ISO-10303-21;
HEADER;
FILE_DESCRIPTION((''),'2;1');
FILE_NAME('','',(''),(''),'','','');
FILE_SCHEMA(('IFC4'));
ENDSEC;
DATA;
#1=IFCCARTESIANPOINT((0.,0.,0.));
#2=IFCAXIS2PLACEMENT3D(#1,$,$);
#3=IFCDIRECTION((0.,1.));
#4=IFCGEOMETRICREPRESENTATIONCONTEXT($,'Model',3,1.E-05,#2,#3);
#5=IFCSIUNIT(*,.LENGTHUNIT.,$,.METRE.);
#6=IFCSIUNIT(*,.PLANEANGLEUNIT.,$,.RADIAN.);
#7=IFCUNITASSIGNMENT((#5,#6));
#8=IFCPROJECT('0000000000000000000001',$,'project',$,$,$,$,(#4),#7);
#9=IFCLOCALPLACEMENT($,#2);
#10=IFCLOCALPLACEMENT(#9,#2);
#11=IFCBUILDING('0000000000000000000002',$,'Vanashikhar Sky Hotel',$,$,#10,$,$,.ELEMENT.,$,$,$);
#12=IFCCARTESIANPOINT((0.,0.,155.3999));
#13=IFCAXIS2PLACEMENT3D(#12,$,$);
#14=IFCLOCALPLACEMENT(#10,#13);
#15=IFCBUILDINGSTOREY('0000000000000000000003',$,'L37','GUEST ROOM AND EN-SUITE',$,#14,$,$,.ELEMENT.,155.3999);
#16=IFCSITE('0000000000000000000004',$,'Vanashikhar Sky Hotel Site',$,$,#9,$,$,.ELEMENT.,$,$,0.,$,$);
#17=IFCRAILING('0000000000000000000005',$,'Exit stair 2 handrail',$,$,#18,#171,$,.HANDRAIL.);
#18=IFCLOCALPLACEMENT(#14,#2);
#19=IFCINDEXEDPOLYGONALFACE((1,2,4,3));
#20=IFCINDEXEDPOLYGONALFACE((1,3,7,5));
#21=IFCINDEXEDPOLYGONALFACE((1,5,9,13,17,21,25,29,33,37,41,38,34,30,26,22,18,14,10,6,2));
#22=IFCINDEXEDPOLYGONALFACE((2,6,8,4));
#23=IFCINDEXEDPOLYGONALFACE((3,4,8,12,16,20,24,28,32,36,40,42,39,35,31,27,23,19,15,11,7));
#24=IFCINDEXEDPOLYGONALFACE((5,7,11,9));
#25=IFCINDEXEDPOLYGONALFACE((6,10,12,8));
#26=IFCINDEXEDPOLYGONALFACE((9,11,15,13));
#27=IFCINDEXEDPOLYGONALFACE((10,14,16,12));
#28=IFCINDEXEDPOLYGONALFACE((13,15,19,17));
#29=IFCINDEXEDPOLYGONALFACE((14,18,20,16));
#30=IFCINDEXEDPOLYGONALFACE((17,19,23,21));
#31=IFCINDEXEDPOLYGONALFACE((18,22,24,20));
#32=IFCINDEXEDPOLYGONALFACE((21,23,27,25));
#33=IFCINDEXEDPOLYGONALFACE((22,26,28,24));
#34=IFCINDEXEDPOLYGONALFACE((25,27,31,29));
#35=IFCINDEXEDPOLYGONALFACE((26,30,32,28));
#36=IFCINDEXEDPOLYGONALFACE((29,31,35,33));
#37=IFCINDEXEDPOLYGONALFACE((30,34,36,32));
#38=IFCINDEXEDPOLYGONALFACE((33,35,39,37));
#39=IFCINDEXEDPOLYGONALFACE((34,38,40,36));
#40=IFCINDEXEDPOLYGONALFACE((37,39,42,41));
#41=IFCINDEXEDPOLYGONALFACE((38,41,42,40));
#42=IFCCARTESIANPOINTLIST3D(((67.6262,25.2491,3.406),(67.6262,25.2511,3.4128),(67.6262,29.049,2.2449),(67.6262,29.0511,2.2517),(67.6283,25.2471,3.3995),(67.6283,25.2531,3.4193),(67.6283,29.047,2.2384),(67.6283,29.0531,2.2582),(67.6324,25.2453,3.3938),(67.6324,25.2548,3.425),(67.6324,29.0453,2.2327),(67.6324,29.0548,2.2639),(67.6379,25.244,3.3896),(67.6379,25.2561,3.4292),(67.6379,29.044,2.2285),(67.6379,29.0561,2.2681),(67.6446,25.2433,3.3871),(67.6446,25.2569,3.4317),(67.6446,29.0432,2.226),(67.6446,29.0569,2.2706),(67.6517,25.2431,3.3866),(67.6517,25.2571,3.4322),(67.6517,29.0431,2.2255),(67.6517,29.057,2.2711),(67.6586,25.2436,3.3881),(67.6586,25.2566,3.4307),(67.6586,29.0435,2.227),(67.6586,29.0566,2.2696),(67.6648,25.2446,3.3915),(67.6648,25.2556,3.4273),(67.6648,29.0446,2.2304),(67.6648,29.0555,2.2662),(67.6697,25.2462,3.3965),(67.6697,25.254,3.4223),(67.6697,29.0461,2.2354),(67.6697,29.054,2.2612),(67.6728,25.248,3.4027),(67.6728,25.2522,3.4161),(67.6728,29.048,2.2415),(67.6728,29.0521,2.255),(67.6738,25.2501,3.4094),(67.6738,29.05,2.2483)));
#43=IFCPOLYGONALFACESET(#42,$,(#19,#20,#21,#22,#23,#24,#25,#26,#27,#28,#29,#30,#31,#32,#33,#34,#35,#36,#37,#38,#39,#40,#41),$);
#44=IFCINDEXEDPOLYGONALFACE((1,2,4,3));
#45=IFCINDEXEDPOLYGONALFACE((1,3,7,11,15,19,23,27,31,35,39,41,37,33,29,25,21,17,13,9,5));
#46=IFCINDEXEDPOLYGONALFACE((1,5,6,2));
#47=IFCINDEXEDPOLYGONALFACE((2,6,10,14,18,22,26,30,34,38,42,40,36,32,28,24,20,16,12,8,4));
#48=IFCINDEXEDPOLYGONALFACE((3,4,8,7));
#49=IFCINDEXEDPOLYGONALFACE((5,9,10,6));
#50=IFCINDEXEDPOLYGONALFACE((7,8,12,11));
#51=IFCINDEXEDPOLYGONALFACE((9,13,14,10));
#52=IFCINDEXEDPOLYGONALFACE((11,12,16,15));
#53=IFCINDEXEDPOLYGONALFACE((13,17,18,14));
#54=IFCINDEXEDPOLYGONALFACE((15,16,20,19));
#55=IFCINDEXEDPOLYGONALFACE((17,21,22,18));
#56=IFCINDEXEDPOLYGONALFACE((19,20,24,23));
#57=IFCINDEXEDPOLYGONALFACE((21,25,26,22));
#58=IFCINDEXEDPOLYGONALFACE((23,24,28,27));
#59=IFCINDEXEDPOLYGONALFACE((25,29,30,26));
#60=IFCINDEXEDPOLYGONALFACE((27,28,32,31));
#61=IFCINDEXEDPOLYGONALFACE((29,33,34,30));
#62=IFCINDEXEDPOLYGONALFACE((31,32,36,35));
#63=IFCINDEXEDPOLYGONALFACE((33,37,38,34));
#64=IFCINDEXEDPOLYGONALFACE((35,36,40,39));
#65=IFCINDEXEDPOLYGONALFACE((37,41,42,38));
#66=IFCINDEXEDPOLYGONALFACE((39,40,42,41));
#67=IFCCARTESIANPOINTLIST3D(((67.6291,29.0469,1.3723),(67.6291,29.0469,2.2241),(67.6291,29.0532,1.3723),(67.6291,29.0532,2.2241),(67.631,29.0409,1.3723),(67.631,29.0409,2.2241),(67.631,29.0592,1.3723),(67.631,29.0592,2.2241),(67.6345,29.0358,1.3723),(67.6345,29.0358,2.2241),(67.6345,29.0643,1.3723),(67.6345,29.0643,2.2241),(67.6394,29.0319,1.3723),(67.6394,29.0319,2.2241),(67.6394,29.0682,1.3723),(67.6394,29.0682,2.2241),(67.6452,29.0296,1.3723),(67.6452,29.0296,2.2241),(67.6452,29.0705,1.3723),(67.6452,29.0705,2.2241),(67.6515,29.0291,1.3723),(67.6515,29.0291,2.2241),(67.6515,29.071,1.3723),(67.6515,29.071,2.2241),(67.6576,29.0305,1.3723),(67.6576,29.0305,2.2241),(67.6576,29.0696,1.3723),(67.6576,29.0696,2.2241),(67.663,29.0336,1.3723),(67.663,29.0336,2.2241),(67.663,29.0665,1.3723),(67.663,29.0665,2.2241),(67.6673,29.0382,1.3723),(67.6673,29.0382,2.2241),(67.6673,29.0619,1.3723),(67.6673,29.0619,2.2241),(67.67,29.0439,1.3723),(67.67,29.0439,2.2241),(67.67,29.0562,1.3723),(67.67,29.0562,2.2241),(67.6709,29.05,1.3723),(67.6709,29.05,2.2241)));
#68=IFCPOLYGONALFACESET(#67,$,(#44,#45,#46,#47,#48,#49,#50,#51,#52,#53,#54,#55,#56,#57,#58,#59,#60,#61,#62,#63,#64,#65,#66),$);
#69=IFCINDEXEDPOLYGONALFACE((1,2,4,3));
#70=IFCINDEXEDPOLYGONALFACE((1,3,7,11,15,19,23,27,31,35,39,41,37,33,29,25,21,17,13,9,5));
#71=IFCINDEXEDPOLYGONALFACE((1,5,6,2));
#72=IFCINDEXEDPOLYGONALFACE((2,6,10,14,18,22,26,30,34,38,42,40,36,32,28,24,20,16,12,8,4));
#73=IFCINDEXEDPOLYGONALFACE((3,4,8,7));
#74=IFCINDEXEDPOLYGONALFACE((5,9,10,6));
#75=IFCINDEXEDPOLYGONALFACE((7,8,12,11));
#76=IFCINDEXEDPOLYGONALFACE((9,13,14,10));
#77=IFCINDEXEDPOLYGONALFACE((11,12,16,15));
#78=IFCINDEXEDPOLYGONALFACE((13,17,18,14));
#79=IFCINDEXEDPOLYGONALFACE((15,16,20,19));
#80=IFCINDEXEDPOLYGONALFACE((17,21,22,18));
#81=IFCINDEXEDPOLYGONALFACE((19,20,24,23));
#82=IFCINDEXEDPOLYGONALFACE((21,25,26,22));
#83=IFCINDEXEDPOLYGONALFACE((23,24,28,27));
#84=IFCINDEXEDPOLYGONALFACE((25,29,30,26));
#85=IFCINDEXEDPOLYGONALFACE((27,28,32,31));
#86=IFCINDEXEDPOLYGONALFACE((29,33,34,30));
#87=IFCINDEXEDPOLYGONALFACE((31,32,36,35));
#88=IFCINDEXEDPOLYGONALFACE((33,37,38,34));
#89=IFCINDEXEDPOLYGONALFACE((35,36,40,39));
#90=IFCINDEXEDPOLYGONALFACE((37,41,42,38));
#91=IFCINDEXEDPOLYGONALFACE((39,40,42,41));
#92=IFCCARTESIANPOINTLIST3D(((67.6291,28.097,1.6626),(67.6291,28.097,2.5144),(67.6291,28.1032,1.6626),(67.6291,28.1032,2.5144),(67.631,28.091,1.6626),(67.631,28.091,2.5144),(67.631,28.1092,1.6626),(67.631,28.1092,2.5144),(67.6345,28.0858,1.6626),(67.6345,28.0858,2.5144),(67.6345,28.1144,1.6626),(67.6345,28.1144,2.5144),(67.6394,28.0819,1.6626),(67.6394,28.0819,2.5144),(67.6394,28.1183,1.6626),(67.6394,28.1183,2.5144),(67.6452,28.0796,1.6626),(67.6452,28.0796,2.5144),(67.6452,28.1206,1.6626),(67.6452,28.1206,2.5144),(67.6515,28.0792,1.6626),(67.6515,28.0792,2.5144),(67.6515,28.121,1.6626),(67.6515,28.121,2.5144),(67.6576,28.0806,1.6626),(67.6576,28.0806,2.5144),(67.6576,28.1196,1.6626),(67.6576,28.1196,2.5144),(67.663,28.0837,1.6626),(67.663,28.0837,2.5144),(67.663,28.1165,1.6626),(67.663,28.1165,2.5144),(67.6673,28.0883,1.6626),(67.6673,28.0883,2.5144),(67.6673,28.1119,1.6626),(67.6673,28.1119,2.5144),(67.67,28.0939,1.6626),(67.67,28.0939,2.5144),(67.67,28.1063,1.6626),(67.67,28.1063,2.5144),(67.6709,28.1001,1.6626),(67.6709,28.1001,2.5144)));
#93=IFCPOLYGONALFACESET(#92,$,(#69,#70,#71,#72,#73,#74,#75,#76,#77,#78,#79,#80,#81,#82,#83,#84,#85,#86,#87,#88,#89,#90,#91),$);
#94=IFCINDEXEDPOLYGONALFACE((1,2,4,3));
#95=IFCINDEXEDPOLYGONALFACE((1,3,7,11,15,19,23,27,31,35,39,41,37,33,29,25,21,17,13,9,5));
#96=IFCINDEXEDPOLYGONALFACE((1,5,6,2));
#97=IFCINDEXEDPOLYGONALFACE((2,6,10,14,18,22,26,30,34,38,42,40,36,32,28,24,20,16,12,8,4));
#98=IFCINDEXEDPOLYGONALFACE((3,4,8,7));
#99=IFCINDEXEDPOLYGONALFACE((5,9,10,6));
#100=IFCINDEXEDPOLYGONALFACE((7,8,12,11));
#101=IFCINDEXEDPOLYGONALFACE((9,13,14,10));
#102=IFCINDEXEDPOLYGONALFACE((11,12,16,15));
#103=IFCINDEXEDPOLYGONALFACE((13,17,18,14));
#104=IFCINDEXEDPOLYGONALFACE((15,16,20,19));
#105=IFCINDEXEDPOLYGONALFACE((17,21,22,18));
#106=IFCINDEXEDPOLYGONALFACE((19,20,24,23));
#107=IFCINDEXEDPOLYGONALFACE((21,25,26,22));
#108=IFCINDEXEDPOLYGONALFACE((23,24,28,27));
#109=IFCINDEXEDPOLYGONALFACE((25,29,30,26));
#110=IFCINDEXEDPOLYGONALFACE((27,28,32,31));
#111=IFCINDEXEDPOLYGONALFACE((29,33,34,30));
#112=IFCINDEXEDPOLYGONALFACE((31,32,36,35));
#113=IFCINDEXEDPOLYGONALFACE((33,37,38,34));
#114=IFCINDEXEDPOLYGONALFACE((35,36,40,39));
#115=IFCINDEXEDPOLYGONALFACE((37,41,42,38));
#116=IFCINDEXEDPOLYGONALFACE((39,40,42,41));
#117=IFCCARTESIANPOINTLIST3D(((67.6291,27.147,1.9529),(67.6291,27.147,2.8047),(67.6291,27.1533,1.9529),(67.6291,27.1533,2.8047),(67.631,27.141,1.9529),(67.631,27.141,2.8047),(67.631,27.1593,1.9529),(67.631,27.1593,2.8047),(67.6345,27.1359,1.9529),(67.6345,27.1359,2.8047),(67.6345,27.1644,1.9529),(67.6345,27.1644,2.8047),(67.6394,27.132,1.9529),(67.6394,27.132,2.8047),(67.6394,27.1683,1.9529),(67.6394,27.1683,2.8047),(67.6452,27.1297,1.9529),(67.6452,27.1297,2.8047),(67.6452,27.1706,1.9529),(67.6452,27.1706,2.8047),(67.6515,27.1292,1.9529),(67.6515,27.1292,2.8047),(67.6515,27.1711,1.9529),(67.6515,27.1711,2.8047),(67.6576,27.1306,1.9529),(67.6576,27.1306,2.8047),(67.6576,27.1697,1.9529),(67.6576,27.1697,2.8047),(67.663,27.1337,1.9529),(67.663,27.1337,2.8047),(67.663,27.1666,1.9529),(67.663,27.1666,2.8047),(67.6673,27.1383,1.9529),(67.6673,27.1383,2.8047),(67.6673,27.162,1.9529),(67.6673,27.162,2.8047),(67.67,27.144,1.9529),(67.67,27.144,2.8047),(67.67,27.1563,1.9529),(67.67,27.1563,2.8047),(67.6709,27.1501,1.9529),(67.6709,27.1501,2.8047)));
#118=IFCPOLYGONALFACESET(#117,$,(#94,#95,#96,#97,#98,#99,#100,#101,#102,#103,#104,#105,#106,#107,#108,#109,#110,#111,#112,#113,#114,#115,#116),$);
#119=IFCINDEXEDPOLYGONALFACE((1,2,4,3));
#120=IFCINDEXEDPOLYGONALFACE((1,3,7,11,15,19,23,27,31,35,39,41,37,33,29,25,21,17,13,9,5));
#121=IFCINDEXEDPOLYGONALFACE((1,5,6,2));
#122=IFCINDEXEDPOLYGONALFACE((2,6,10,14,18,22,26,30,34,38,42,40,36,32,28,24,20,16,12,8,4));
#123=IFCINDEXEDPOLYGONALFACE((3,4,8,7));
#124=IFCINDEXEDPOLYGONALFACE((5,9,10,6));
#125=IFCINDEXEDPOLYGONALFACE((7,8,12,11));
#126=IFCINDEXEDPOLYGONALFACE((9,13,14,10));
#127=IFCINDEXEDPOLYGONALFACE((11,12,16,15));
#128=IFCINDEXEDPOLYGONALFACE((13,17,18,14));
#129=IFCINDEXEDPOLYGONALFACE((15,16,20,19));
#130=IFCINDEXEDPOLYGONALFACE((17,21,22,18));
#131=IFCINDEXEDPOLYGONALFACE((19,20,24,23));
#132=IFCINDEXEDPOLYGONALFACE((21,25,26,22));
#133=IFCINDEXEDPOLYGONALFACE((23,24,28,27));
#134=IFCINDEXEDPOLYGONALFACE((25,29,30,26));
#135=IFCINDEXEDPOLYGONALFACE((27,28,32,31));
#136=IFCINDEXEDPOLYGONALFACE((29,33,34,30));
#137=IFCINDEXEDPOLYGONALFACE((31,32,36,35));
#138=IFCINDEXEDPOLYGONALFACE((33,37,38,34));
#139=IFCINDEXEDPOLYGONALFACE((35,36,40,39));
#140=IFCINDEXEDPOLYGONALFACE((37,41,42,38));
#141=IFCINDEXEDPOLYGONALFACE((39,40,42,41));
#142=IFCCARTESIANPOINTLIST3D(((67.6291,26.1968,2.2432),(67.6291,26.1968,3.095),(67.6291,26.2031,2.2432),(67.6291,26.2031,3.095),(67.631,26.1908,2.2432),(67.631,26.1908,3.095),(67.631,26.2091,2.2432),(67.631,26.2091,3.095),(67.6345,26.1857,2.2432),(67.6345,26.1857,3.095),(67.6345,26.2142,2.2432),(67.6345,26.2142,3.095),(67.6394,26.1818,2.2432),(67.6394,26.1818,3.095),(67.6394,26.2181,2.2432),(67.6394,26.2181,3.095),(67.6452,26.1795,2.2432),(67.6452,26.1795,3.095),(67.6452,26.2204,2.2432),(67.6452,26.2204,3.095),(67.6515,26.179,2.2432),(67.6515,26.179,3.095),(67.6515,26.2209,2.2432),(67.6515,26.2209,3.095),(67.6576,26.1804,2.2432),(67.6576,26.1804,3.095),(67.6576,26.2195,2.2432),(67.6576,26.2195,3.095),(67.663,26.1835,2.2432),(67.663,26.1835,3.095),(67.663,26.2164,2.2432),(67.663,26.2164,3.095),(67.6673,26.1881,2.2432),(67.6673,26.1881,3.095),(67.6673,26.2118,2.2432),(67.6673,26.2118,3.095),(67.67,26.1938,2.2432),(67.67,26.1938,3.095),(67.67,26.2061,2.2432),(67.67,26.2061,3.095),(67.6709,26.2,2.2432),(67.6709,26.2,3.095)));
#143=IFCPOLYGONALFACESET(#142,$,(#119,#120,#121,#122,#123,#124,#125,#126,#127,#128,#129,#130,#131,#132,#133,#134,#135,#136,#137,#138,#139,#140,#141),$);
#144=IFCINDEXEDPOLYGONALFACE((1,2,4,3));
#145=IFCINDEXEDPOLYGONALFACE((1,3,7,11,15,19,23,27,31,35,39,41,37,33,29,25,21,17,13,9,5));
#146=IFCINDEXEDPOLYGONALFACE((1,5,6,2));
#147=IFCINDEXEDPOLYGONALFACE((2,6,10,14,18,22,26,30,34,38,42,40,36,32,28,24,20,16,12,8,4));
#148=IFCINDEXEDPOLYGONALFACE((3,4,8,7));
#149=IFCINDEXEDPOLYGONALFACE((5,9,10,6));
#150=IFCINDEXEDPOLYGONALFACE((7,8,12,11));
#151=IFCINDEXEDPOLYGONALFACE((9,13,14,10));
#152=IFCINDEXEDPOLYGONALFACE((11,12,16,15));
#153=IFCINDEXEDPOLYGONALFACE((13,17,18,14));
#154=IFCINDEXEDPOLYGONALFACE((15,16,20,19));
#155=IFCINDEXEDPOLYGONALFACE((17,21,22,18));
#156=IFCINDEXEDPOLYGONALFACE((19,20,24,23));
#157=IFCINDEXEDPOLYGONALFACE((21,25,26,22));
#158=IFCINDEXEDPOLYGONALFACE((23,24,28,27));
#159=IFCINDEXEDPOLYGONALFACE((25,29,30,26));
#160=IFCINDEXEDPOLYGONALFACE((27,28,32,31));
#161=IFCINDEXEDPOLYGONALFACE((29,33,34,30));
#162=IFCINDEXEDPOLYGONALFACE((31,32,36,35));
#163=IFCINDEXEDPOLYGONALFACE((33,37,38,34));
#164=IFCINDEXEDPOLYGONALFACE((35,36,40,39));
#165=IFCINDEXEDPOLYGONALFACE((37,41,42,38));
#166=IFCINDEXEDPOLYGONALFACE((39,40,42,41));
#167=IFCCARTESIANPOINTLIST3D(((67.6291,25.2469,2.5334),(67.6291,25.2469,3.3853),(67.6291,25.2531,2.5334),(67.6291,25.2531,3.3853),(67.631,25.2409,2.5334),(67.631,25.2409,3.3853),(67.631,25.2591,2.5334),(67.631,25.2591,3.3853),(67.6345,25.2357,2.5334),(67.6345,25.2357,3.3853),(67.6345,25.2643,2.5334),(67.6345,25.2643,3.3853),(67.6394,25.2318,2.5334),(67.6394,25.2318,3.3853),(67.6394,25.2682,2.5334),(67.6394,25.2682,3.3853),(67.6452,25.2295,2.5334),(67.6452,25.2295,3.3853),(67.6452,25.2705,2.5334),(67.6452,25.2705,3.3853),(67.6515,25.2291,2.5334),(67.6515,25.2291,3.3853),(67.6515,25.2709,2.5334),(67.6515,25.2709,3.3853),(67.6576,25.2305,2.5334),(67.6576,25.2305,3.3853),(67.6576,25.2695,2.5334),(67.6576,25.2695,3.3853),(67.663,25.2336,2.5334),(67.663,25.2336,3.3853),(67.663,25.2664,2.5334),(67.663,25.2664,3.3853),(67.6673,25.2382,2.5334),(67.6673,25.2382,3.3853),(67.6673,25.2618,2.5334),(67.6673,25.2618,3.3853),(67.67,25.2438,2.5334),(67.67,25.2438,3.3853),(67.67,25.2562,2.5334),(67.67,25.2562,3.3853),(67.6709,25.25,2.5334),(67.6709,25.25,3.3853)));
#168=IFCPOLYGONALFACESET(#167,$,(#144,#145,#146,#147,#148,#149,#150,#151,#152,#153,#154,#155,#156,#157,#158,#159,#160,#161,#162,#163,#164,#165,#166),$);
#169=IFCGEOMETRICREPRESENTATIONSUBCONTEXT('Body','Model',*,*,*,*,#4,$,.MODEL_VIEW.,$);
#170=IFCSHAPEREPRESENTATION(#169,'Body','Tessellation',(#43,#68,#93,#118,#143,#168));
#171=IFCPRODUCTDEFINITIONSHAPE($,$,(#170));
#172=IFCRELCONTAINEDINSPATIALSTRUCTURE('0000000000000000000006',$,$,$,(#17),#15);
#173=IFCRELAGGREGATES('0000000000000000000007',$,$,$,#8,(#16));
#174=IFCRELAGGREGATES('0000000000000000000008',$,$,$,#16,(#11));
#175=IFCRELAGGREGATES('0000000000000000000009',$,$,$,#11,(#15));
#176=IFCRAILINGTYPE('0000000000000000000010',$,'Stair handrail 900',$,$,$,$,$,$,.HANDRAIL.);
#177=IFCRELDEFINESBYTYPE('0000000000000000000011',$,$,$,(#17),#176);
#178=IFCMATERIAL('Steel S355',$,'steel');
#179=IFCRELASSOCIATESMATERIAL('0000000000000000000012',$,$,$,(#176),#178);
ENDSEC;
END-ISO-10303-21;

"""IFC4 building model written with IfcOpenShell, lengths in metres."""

from ifc_helpers import new_model, si_unit, direction, frame, origin, origin_2d, place, context, subcontext, project, spatial, circle, extrude, source, transform, mapped, material, type_object, element, save


model = new_model("IFC4")

# Units and contexts
model_context = context("Model", 3, precision=1e-05, world=origin(), true_north=direction((0.0, 1.0)))
body_context = subcontext(model_context, "Body", "Model", "MODEL_VIEW")
ifc_project = project(units=[si_unit("LENGTHUNIT", "METRE"), si_unit("PLANEANGLEUNIT", "RADIAN")], contexts=[model_context])

# Site, building, storey
site_placement = place(None, origin())
site = spatial("IfcSite", under=ifc_project, at=site_placement, Name="Vanashikhar Sky Hotel Site", CompositionType="ELEMENT", RefElevation=0.0)
building_placement = place(site_placement, origin())
building = spatial("IfcBuilding", under=site, at=building_placement, Name="Vanashikhar Sky Hotel", CompositionType="ELEMENT")
storey_placement = place(building_placement, frame((0.0, 0.0, 155.3999)))
storey = spatial("IfcBuildingStorey", under=building, at=storey_placement, Name="L37", Description="GUEST ROOM AND EN-SUITE", CompositionType="ELEMENT", Elevation=155.3999)

# Railing
ifc_material_1 = material(Name="Steel S355", Category="steel")
railing_type_1 = type_object("IfcRailingType", Name="Stair handrail 900", PredefinedType="HANDRAIL", material=ifc_material_1)
shared_shape_1 = source(origin(), body_context, "Body", "SweptSolid", [
    extrude(circle(Radius=0.0239, at=origin_2d()), frame((0.0, 0.0, 0.876), z_axis=(0.0, -0.956351, 0.29222), x_axis=(1.0, 0.0, 0.0)), (0.0, 0.0, 1.0), 3.9734),
    extrude(circle(Radius=0.021, at=origin_2d()), origin(), (0.0, 0.0, 1.0), 0.8518),
    extrude(circle(Radius=0.021, at=origin_2d()), frame((0.0, -0.95, 0.2903)), (0.0, 0.0, 1.0), 0.8518),
    extrude(circle(Radius=0.021, at=origin_2d()), frame((0.0, -1.8999, 0.5806)), (0.0, 0.0, 1.0), 0.8518),
    extrude(circle(Radius=0.021, at=origin_2d()), frame((0.0, -2.8501, 0.8708)), (0.0, 0.0, 1.0), 0.8518),
    extrude(circle(Radius=0.021, at=origin_2d()), frame((0.0, -3.8, 1.1611)), (0.0, 0.0, 1.0), 0.8518),
])
for number, where, name in (
    (1, (67.6499, 29.05, 1.3723), "Exit stair 2 handrail"),
):
    element("IfcRailing", number, at=place(storey_placement, frame(where)), inside=storey, type_object=railing_type_1, Name=name, PredefinedType="HANDRAIL", context=body_context, shape_type="MappedRepresentation", body=[
        mapped(shared_shape_1, transform((0.0, 0.0, 0.0), scale=1.0)),
    ])

save(model, "model.ifc")
